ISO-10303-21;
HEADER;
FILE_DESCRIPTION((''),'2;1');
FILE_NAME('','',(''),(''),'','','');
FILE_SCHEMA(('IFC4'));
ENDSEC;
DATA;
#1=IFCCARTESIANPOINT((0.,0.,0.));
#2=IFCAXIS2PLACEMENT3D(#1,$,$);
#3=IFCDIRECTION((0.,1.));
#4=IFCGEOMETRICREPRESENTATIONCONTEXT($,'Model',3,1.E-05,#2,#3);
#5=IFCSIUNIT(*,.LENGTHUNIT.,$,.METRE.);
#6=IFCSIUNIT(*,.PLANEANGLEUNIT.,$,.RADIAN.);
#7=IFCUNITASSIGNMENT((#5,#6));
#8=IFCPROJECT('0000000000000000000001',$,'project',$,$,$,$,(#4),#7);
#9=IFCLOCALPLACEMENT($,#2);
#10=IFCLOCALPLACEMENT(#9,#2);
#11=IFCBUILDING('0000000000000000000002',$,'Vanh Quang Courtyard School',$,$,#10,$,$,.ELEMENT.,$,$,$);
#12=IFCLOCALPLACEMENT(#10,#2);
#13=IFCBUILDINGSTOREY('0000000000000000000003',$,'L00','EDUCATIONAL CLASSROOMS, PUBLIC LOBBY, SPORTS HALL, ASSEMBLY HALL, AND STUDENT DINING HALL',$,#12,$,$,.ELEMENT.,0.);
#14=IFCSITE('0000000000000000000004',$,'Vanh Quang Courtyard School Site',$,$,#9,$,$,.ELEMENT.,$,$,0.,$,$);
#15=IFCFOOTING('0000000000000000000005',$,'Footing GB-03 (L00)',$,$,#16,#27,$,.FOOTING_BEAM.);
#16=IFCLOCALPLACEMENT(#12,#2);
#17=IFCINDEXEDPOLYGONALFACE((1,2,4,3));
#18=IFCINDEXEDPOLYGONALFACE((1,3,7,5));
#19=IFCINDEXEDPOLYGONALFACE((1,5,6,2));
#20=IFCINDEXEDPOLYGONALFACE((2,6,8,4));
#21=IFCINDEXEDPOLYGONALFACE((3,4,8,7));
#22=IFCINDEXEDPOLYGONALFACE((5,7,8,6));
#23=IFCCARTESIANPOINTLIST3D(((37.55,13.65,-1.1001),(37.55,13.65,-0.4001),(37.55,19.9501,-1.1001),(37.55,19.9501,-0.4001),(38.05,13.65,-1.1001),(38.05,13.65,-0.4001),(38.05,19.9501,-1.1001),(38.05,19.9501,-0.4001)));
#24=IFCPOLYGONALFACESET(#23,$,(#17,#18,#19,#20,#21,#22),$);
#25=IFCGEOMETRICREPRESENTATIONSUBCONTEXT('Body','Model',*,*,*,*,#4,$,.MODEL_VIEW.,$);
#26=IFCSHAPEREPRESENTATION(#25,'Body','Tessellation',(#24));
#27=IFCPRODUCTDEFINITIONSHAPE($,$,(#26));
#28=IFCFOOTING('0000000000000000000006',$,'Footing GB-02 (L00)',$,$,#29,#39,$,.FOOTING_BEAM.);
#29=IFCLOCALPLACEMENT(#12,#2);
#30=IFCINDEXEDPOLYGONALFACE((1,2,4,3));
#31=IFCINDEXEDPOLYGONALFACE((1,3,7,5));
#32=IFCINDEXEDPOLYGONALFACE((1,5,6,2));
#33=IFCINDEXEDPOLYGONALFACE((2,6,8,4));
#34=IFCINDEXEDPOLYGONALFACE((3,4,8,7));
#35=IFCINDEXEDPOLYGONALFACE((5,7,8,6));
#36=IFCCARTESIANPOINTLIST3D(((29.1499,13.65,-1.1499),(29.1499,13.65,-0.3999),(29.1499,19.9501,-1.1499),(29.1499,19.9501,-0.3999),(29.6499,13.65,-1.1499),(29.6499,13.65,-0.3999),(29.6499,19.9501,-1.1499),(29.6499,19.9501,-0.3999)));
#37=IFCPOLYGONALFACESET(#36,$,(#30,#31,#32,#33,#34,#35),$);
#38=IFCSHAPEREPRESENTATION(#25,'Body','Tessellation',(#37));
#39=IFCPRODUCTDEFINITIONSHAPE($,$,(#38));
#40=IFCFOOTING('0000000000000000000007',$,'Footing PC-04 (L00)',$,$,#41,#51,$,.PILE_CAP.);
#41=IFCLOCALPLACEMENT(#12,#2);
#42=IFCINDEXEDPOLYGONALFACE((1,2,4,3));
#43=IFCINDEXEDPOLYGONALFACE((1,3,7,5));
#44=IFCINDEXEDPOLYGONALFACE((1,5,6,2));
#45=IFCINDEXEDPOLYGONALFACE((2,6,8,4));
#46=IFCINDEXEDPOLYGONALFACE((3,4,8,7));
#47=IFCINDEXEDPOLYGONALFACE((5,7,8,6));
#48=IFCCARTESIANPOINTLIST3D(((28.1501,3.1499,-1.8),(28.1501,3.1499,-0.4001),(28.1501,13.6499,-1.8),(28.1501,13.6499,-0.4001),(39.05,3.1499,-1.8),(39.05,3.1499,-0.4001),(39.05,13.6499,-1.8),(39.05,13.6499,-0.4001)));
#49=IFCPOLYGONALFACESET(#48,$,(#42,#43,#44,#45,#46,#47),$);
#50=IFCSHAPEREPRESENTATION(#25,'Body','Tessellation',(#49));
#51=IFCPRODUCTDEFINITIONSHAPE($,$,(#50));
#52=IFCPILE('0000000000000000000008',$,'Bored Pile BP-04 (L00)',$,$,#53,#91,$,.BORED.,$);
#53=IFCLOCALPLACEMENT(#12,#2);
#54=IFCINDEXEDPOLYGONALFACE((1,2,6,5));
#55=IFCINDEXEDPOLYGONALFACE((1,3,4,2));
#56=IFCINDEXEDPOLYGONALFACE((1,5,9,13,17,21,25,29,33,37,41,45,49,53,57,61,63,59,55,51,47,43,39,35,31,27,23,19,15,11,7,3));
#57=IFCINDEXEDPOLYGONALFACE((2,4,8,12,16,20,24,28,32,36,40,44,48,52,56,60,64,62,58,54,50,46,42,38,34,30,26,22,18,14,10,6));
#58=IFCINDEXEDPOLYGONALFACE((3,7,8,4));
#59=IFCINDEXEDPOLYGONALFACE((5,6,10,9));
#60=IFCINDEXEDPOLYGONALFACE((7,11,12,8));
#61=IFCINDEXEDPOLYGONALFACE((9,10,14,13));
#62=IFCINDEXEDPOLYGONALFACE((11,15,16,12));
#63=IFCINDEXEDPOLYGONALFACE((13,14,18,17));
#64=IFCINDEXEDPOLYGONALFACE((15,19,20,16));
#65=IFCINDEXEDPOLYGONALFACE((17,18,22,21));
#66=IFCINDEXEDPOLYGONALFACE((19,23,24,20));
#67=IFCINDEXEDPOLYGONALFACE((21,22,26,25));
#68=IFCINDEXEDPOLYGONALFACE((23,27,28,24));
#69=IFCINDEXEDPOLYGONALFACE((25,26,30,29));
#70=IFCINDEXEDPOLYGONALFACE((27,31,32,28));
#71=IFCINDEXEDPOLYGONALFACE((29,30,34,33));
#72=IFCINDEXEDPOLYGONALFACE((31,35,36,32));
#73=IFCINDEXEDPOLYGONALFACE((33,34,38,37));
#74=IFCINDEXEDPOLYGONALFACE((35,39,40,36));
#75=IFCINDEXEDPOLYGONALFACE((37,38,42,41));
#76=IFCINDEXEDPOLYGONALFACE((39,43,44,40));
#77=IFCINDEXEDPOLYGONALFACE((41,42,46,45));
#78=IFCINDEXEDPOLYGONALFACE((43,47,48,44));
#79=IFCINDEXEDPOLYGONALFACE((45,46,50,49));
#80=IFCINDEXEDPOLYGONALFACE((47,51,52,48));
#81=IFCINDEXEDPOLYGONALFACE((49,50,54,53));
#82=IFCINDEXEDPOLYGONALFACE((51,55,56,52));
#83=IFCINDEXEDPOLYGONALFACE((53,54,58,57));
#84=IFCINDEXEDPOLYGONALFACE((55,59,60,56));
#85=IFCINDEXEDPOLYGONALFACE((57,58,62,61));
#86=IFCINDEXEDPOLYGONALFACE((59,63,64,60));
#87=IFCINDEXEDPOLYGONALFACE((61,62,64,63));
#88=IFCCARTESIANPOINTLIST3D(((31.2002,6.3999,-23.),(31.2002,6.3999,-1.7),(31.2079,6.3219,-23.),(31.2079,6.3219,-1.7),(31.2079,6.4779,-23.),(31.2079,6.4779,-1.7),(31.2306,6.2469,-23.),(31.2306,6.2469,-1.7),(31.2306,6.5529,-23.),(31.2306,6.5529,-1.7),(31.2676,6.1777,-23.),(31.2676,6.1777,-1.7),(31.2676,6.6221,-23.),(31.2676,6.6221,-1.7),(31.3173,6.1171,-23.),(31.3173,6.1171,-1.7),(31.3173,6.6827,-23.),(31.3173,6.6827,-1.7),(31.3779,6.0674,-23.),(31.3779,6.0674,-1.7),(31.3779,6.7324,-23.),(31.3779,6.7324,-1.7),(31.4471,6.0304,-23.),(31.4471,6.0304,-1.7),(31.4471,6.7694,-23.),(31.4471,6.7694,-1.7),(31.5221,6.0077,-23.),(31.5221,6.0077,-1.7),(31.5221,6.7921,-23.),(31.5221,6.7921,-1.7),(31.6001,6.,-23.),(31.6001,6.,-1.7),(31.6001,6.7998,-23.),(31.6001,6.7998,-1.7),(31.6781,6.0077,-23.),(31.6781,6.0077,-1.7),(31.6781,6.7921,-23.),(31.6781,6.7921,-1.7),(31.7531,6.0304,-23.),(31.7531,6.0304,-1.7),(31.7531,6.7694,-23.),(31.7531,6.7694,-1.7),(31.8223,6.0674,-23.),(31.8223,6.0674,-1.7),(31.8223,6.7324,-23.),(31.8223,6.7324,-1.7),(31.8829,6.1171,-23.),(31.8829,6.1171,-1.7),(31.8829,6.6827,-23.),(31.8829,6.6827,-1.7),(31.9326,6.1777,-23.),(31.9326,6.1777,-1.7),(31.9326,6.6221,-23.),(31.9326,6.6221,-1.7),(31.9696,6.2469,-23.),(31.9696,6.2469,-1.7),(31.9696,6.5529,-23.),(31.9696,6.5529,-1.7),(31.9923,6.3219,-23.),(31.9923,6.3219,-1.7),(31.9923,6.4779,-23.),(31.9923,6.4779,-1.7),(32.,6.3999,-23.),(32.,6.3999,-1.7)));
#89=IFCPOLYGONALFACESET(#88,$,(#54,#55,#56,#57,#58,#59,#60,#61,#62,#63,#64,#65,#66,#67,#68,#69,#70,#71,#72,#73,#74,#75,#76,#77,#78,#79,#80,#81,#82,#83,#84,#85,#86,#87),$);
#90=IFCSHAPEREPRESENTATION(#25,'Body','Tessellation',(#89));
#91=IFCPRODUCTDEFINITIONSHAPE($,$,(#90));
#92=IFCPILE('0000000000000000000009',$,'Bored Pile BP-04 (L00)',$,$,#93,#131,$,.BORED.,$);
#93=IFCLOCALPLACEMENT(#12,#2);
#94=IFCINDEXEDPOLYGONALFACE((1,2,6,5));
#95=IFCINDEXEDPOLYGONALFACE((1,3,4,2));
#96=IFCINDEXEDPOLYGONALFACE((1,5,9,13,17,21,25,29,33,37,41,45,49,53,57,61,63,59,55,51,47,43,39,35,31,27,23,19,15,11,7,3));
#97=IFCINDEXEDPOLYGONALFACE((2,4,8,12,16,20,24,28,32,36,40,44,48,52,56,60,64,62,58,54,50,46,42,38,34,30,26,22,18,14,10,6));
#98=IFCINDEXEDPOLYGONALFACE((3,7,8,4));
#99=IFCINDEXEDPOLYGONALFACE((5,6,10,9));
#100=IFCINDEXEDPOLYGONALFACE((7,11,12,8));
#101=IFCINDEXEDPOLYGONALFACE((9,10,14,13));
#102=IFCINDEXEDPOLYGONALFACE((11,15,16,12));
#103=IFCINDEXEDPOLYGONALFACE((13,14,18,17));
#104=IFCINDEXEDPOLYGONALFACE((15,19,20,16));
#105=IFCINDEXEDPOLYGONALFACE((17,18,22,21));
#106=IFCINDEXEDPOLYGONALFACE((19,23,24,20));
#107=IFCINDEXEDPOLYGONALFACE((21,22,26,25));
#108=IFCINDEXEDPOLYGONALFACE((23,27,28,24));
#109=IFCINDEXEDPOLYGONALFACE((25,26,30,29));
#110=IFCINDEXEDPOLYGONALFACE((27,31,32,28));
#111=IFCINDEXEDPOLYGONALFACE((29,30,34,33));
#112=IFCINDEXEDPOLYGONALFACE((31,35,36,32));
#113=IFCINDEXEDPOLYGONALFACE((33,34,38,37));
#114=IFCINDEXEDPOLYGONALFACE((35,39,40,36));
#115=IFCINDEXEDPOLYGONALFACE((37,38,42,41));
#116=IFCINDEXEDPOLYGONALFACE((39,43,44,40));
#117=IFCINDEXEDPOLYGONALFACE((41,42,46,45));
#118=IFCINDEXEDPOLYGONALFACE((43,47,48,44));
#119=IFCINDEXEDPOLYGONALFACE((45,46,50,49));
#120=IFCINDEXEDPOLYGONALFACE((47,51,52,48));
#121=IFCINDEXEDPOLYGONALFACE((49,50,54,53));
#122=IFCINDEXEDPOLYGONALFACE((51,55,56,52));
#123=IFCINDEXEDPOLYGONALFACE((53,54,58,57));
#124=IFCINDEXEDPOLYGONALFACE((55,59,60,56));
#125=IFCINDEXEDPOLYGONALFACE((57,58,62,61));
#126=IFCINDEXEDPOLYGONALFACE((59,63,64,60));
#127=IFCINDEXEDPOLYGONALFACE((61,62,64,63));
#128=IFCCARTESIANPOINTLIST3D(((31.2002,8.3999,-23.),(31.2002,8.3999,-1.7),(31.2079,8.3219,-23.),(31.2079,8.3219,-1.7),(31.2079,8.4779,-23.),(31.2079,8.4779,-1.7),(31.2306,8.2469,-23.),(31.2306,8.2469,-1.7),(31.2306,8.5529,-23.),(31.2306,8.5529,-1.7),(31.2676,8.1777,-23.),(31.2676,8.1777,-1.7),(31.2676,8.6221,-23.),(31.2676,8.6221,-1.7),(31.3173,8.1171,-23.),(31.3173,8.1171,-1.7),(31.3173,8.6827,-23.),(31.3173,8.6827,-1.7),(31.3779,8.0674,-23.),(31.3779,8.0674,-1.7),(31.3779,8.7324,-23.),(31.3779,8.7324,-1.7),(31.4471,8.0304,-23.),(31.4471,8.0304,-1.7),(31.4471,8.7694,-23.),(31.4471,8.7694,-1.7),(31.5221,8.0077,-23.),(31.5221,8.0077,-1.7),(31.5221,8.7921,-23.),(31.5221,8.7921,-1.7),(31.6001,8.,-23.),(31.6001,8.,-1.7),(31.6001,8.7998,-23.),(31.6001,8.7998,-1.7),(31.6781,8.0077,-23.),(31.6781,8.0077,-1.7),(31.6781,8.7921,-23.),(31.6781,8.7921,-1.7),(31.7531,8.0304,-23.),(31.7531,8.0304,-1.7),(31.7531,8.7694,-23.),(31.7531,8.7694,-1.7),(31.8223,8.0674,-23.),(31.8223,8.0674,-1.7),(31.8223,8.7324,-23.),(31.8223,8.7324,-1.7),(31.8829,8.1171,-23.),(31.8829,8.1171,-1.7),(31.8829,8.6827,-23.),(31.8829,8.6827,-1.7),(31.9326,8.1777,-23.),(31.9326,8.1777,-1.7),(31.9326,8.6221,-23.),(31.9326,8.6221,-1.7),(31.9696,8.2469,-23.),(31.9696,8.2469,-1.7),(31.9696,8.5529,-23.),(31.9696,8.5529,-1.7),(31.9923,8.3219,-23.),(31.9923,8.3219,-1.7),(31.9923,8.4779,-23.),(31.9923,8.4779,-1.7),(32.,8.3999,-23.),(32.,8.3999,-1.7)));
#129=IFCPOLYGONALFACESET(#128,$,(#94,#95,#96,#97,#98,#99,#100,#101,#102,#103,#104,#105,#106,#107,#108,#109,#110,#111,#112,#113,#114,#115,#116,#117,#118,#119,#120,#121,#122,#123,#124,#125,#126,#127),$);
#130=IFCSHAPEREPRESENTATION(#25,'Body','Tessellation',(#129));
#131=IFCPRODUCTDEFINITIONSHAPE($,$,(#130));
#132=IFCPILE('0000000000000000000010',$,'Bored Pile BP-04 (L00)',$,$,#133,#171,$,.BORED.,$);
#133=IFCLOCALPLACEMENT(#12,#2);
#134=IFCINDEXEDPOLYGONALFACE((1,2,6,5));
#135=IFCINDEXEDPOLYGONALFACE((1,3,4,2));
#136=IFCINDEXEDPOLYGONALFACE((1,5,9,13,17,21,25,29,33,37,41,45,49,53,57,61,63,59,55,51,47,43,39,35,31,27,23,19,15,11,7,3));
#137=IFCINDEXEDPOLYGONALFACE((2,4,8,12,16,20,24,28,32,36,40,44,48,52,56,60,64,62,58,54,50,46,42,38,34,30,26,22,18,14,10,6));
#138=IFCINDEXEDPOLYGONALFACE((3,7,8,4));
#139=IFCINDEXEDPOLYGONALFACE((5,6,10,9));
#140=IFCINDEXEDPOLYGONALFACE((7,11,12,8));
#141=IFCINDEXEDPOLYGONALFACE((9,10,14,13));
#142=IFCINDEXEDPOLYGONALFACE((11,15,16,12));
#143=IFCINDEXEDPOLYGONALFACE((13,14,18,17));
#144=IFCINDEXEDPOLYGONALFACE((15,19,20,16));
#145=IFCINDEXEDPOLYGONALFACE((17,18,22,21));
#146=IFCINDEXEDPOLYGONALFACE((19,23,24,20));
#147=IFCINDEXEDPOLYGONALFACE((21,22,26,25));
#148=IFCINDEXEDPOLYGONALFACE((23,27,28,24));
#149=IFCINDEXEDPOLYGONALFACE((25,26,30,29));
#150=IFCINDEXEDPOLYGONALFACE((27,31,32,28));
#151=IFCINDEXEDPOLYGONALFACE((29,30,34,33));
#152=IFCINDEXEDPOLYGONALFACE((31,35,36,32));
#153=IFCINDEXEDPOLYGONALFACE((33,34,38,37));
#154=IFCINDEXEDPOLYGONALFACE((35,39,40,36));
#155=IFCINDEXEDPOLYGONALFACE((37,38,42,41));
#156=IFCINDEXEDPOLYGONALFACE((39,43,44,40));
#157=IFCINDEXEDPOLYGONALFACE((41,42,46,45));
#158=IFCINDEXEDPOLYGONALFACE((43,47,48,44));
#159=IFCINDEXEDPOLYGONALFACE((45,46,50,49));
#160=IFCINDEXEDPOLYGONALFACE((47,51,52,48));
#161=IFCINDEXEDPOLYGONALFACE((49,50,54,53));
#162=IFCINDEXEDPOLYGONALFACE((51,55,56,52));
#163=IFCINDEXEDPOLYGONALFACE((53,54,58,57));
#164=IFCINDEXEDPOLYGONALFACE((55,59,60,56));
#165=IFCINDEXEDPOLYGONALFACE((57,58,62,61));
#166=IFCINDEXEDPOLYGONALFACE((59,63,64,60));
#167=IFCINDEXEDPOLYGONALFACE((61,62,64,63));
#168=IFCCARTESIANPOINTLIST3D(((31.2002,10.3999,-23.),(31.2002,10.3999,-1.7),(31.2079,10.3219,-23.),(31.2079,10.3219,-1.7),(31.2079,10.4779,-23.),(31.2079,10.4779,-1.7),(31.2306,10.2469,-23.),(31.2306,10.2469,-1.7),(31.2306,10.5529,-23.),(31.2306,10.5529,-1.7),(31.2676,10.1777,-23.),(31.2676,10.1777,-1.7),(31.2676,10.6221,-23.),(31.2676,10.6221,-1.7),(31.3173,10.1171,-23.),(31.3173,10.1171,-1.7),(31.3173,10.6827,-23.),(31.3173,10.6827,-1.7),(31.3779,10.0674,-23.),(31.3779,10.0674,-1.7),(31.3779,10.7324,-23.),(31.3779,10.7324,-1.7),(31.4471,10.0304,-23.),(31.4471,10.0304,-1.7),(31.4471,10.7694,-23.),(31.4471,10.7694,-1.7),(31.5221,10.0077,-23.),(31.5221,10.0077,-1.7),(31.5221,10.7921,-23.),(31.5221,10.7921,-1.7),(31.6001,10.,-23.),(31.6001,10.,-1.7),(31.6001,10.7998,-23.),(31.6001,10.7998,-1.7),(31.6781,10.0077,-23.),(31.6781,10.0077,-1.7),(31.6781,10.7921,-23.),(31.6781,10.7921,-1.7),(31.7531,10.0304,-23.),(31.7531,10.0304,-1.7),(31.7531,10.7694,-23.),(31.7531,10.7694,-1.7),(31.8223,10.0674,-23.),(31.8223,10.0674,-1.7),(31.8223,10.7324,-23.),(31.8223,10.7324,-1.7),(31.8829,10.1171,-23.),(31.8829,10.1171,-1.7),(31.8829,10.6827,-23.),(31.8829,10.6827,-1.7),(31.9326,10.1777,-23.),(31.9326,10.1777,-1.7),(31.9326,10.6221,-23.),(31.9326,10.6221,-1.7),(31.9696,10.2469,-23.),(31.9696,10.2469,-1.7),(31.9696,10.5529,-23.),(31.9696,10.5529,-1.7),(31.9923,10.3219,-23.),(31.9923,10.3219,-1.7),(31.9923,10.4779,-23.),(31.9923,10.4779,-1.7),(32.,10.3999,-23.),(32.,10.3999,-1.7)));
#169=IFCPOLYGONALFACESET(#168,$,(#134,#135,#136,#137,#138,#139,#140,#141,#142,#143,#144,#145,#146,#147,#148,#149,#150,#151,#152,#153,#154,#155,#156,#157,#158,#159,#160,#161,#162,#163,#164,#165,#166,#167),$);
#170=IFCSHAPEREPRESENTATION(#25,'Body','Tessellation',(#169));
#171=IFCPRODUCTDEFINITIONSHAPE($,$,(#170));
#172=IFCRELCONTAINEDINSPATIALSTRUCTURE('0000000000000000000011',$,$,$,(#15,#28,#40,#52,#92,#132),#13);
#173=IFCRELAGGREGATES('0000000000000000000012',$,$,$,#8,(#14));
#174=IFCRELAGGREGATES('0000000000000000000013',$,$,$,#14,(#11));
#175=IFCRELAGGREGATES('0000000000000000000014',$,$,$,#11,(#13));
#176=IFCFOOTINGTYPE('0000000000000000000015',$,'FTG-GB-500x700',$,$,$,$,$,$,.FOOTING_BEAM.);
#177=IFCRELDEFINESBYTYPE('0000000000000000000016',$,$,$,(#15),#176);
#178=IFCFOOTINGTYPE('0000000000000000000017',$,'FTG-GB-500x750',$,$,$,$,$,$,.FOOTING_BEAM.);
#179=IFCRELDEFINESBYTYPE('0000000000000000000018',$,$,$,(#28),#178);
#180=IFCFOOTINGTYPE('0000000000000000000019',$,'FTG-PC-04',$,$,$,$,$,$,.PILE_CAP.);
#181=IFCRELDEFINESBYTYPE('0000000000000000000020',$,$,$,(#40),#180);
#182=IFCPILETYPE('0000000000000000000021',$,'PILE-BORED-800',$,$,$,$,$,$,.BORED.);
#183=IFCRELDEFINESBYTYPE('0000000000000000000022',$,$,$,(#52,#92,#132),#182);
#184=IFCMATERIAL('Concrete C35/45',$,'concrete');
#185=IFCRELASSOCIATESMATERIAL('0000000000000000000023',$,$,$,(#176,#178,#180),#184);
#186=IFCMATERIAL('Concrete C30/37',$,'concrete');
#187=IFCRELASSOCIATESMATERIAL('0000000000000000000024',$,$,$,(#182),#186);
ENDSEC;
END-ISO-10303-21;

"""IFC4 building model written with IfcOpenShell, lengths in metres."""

from ifc_helpers import new_model, si_unit, direction, frame, origin, origin_2d, place, context, subcontext, project, spatial, rectangle, circle, extrude, material, material_profile, profile_set, type_object, element, save


model = new_model("IFC4")

# Units and contexts
model_context = context("Model", 3, precision=1e-05, world=origin(), true_north=direction((0.0, 1.0)))
body_context = subcontext(model_context, "Body", "Model", "MODEL_VIEW")
ifc_project = project(units=[si_unit("LENGTHUNIT", "METRE"), si_unit("PLANEANGLEUNIT", "RADIAN")], contexts=[model_context])

# Site, building, storey
site_placement = place(None, origin())
site = spatial("IfcSite", under=ifc_project, at=site_placement, Name="Vanh Quang Courtyard School Site", CompositionType="ELEMENT", RefElevation=0.0)
building_placement = place(site_placement, origin())
building = spatial("IfcBuilding", under=site, at=building_placement, Name="Vanh Quang Courtyard School", CompositionType="ELEMENT")
storey_placement = place(building_placement, origin())
storey = spatial("IfcBuildingStorey", under=building, at=storey_placement, Name="L00", Description="EDUCATIONAL CLASSROOMS, PUBLIC LOBBY, SPORTS HALL, ASSEMBLY HALL, AND STUDENT DINING HALL", CompositionType="ELEMENT", Elevation=0.0)

# Footings
ifc_material_1 = material(Name="Concrete C35/45", Category="concrete")
footing_type_1 = type_object("IfcFootingType", Name="FTG-GB-500x700", PredefinedType="FOOTING_BEAM", material=ifc_material_1)
footing_1_placement = place(storey_placement, frame((37.8, 16.8, -1.1001), z_axis=(0.0, 0.0, 1.0), x_axis=(0.0, 1.0, 0.0)))
element("IfcFooting", 1, at=footing_1_placement, inside=storey, type_object=footing_type_1, Name="Footing GB-03 (L00)", PredefinedType="FOOTING_BEAM", context=body_context, shape_type="SweptSolid", body=[
    extrude(rectangle(XDim=6.3, YDim=0.5, at=origin_2d()), origin(), (0.0, 0.0, 1.0), 0.7),
])
footing_type_2 = type_object("IfcFootingType", Name="FTG-GB-500x750", PredefinedType="FOOTING_BEAM", material=ifc_material_1)
footing_2_placement = place(storey_placement, frame((29.3999, 16.8, -1.1499), z_axis=(0.0, 0.0, 1.0), x_axis=(0.0, 1.0, 0.0)))
element("IfcFooting", 2, at=footing_2_placement, inside=storey, type_object=footing_type_2, Name="Footing GB-02 (L00)", PredefinedType="FOOTING_BEAM", context=body_context, shape_type="SweptSolid", body=[
    extrude(rectangle(XDim=6.3, YDim=0.5, at=origin_2d()), origin(), (0.0, 0.0, 1.0), 0.75),
])
footing_type_3 = type_object("IfcFootingType", Name="FTG-PC-04", PredefinedType="PILE_CAP", material=ifc_material_1)
footing_3_placement = place(storey_placement, frame((33.6001, 8.3999, -1.8), z_axis=(0.0, 0.0, 1.0), x_axis=(1.0, 0.0, 0.0)))
element("IfcFooting", 3, at=footing_3_placement, inside=storey, type_object=footing_type_3, Name="Footing PC-04 (L00)", PredefinedType="PILE_CAP", context=body_context, shape_type="SweptSolid", body=[
    extrude(rectangle(XDim=10.8999, YDim=10.5, at=origin_2d()), origin(), (0.0, 0.0, 1.0), 1.3999),
])

# Piles
ifc_material_2 = material(Name="Concrete C30/37", Category="concrete")
ifc_material_profile_1 = material_profile(ifc_material_2, circle(Radius=0.3999, at=origin_2d()), Name="PILE D800")
ifc_profile_set_1 = profile_set([ifc_material_profile_1], Name="Concrete C30/37")
pile_type = type_object("IfcPileType", Name="PILE-BORED-800", PredefinedType="BORED", material=ifc_profile_set_1)
for number, where, z_axis, x_axis, name in (
    (4, (31.6001, 6.3999, -1.7), (0.0, 0.0, -1.0), (1.0, 0.0, 0.0), "Bored Pile BP-04 (L00)"),
    (5, (31.6001, 8.3999, -1.7), (0.0, 0.0, -1.0), (1.0, 0.0, 0.0), "Bored Pile BP-04 (L00)"),
    (6, (31.6001, 10.3999, -1.7), (0.0, 0.0, -1.0), (1.0, 0.0, 0.0), "Bored Pile BP-04 (L00)"),
):
    element("IfcPile", number, at=place(storey_placement, frame(where, z_axis=z_axis, x_axis=x_axis)), inside=storey, type_object=pile_type, Name=name, PredefinedType="BORED", context=body_context, shape_type="SweptSolid", body=[
        extrude(circle(Radius=0.3999, at=origin_2d()), origin(), (0.0, 0.0, 1.0), 21.3),
    ])

save(model, "model.ifc")
